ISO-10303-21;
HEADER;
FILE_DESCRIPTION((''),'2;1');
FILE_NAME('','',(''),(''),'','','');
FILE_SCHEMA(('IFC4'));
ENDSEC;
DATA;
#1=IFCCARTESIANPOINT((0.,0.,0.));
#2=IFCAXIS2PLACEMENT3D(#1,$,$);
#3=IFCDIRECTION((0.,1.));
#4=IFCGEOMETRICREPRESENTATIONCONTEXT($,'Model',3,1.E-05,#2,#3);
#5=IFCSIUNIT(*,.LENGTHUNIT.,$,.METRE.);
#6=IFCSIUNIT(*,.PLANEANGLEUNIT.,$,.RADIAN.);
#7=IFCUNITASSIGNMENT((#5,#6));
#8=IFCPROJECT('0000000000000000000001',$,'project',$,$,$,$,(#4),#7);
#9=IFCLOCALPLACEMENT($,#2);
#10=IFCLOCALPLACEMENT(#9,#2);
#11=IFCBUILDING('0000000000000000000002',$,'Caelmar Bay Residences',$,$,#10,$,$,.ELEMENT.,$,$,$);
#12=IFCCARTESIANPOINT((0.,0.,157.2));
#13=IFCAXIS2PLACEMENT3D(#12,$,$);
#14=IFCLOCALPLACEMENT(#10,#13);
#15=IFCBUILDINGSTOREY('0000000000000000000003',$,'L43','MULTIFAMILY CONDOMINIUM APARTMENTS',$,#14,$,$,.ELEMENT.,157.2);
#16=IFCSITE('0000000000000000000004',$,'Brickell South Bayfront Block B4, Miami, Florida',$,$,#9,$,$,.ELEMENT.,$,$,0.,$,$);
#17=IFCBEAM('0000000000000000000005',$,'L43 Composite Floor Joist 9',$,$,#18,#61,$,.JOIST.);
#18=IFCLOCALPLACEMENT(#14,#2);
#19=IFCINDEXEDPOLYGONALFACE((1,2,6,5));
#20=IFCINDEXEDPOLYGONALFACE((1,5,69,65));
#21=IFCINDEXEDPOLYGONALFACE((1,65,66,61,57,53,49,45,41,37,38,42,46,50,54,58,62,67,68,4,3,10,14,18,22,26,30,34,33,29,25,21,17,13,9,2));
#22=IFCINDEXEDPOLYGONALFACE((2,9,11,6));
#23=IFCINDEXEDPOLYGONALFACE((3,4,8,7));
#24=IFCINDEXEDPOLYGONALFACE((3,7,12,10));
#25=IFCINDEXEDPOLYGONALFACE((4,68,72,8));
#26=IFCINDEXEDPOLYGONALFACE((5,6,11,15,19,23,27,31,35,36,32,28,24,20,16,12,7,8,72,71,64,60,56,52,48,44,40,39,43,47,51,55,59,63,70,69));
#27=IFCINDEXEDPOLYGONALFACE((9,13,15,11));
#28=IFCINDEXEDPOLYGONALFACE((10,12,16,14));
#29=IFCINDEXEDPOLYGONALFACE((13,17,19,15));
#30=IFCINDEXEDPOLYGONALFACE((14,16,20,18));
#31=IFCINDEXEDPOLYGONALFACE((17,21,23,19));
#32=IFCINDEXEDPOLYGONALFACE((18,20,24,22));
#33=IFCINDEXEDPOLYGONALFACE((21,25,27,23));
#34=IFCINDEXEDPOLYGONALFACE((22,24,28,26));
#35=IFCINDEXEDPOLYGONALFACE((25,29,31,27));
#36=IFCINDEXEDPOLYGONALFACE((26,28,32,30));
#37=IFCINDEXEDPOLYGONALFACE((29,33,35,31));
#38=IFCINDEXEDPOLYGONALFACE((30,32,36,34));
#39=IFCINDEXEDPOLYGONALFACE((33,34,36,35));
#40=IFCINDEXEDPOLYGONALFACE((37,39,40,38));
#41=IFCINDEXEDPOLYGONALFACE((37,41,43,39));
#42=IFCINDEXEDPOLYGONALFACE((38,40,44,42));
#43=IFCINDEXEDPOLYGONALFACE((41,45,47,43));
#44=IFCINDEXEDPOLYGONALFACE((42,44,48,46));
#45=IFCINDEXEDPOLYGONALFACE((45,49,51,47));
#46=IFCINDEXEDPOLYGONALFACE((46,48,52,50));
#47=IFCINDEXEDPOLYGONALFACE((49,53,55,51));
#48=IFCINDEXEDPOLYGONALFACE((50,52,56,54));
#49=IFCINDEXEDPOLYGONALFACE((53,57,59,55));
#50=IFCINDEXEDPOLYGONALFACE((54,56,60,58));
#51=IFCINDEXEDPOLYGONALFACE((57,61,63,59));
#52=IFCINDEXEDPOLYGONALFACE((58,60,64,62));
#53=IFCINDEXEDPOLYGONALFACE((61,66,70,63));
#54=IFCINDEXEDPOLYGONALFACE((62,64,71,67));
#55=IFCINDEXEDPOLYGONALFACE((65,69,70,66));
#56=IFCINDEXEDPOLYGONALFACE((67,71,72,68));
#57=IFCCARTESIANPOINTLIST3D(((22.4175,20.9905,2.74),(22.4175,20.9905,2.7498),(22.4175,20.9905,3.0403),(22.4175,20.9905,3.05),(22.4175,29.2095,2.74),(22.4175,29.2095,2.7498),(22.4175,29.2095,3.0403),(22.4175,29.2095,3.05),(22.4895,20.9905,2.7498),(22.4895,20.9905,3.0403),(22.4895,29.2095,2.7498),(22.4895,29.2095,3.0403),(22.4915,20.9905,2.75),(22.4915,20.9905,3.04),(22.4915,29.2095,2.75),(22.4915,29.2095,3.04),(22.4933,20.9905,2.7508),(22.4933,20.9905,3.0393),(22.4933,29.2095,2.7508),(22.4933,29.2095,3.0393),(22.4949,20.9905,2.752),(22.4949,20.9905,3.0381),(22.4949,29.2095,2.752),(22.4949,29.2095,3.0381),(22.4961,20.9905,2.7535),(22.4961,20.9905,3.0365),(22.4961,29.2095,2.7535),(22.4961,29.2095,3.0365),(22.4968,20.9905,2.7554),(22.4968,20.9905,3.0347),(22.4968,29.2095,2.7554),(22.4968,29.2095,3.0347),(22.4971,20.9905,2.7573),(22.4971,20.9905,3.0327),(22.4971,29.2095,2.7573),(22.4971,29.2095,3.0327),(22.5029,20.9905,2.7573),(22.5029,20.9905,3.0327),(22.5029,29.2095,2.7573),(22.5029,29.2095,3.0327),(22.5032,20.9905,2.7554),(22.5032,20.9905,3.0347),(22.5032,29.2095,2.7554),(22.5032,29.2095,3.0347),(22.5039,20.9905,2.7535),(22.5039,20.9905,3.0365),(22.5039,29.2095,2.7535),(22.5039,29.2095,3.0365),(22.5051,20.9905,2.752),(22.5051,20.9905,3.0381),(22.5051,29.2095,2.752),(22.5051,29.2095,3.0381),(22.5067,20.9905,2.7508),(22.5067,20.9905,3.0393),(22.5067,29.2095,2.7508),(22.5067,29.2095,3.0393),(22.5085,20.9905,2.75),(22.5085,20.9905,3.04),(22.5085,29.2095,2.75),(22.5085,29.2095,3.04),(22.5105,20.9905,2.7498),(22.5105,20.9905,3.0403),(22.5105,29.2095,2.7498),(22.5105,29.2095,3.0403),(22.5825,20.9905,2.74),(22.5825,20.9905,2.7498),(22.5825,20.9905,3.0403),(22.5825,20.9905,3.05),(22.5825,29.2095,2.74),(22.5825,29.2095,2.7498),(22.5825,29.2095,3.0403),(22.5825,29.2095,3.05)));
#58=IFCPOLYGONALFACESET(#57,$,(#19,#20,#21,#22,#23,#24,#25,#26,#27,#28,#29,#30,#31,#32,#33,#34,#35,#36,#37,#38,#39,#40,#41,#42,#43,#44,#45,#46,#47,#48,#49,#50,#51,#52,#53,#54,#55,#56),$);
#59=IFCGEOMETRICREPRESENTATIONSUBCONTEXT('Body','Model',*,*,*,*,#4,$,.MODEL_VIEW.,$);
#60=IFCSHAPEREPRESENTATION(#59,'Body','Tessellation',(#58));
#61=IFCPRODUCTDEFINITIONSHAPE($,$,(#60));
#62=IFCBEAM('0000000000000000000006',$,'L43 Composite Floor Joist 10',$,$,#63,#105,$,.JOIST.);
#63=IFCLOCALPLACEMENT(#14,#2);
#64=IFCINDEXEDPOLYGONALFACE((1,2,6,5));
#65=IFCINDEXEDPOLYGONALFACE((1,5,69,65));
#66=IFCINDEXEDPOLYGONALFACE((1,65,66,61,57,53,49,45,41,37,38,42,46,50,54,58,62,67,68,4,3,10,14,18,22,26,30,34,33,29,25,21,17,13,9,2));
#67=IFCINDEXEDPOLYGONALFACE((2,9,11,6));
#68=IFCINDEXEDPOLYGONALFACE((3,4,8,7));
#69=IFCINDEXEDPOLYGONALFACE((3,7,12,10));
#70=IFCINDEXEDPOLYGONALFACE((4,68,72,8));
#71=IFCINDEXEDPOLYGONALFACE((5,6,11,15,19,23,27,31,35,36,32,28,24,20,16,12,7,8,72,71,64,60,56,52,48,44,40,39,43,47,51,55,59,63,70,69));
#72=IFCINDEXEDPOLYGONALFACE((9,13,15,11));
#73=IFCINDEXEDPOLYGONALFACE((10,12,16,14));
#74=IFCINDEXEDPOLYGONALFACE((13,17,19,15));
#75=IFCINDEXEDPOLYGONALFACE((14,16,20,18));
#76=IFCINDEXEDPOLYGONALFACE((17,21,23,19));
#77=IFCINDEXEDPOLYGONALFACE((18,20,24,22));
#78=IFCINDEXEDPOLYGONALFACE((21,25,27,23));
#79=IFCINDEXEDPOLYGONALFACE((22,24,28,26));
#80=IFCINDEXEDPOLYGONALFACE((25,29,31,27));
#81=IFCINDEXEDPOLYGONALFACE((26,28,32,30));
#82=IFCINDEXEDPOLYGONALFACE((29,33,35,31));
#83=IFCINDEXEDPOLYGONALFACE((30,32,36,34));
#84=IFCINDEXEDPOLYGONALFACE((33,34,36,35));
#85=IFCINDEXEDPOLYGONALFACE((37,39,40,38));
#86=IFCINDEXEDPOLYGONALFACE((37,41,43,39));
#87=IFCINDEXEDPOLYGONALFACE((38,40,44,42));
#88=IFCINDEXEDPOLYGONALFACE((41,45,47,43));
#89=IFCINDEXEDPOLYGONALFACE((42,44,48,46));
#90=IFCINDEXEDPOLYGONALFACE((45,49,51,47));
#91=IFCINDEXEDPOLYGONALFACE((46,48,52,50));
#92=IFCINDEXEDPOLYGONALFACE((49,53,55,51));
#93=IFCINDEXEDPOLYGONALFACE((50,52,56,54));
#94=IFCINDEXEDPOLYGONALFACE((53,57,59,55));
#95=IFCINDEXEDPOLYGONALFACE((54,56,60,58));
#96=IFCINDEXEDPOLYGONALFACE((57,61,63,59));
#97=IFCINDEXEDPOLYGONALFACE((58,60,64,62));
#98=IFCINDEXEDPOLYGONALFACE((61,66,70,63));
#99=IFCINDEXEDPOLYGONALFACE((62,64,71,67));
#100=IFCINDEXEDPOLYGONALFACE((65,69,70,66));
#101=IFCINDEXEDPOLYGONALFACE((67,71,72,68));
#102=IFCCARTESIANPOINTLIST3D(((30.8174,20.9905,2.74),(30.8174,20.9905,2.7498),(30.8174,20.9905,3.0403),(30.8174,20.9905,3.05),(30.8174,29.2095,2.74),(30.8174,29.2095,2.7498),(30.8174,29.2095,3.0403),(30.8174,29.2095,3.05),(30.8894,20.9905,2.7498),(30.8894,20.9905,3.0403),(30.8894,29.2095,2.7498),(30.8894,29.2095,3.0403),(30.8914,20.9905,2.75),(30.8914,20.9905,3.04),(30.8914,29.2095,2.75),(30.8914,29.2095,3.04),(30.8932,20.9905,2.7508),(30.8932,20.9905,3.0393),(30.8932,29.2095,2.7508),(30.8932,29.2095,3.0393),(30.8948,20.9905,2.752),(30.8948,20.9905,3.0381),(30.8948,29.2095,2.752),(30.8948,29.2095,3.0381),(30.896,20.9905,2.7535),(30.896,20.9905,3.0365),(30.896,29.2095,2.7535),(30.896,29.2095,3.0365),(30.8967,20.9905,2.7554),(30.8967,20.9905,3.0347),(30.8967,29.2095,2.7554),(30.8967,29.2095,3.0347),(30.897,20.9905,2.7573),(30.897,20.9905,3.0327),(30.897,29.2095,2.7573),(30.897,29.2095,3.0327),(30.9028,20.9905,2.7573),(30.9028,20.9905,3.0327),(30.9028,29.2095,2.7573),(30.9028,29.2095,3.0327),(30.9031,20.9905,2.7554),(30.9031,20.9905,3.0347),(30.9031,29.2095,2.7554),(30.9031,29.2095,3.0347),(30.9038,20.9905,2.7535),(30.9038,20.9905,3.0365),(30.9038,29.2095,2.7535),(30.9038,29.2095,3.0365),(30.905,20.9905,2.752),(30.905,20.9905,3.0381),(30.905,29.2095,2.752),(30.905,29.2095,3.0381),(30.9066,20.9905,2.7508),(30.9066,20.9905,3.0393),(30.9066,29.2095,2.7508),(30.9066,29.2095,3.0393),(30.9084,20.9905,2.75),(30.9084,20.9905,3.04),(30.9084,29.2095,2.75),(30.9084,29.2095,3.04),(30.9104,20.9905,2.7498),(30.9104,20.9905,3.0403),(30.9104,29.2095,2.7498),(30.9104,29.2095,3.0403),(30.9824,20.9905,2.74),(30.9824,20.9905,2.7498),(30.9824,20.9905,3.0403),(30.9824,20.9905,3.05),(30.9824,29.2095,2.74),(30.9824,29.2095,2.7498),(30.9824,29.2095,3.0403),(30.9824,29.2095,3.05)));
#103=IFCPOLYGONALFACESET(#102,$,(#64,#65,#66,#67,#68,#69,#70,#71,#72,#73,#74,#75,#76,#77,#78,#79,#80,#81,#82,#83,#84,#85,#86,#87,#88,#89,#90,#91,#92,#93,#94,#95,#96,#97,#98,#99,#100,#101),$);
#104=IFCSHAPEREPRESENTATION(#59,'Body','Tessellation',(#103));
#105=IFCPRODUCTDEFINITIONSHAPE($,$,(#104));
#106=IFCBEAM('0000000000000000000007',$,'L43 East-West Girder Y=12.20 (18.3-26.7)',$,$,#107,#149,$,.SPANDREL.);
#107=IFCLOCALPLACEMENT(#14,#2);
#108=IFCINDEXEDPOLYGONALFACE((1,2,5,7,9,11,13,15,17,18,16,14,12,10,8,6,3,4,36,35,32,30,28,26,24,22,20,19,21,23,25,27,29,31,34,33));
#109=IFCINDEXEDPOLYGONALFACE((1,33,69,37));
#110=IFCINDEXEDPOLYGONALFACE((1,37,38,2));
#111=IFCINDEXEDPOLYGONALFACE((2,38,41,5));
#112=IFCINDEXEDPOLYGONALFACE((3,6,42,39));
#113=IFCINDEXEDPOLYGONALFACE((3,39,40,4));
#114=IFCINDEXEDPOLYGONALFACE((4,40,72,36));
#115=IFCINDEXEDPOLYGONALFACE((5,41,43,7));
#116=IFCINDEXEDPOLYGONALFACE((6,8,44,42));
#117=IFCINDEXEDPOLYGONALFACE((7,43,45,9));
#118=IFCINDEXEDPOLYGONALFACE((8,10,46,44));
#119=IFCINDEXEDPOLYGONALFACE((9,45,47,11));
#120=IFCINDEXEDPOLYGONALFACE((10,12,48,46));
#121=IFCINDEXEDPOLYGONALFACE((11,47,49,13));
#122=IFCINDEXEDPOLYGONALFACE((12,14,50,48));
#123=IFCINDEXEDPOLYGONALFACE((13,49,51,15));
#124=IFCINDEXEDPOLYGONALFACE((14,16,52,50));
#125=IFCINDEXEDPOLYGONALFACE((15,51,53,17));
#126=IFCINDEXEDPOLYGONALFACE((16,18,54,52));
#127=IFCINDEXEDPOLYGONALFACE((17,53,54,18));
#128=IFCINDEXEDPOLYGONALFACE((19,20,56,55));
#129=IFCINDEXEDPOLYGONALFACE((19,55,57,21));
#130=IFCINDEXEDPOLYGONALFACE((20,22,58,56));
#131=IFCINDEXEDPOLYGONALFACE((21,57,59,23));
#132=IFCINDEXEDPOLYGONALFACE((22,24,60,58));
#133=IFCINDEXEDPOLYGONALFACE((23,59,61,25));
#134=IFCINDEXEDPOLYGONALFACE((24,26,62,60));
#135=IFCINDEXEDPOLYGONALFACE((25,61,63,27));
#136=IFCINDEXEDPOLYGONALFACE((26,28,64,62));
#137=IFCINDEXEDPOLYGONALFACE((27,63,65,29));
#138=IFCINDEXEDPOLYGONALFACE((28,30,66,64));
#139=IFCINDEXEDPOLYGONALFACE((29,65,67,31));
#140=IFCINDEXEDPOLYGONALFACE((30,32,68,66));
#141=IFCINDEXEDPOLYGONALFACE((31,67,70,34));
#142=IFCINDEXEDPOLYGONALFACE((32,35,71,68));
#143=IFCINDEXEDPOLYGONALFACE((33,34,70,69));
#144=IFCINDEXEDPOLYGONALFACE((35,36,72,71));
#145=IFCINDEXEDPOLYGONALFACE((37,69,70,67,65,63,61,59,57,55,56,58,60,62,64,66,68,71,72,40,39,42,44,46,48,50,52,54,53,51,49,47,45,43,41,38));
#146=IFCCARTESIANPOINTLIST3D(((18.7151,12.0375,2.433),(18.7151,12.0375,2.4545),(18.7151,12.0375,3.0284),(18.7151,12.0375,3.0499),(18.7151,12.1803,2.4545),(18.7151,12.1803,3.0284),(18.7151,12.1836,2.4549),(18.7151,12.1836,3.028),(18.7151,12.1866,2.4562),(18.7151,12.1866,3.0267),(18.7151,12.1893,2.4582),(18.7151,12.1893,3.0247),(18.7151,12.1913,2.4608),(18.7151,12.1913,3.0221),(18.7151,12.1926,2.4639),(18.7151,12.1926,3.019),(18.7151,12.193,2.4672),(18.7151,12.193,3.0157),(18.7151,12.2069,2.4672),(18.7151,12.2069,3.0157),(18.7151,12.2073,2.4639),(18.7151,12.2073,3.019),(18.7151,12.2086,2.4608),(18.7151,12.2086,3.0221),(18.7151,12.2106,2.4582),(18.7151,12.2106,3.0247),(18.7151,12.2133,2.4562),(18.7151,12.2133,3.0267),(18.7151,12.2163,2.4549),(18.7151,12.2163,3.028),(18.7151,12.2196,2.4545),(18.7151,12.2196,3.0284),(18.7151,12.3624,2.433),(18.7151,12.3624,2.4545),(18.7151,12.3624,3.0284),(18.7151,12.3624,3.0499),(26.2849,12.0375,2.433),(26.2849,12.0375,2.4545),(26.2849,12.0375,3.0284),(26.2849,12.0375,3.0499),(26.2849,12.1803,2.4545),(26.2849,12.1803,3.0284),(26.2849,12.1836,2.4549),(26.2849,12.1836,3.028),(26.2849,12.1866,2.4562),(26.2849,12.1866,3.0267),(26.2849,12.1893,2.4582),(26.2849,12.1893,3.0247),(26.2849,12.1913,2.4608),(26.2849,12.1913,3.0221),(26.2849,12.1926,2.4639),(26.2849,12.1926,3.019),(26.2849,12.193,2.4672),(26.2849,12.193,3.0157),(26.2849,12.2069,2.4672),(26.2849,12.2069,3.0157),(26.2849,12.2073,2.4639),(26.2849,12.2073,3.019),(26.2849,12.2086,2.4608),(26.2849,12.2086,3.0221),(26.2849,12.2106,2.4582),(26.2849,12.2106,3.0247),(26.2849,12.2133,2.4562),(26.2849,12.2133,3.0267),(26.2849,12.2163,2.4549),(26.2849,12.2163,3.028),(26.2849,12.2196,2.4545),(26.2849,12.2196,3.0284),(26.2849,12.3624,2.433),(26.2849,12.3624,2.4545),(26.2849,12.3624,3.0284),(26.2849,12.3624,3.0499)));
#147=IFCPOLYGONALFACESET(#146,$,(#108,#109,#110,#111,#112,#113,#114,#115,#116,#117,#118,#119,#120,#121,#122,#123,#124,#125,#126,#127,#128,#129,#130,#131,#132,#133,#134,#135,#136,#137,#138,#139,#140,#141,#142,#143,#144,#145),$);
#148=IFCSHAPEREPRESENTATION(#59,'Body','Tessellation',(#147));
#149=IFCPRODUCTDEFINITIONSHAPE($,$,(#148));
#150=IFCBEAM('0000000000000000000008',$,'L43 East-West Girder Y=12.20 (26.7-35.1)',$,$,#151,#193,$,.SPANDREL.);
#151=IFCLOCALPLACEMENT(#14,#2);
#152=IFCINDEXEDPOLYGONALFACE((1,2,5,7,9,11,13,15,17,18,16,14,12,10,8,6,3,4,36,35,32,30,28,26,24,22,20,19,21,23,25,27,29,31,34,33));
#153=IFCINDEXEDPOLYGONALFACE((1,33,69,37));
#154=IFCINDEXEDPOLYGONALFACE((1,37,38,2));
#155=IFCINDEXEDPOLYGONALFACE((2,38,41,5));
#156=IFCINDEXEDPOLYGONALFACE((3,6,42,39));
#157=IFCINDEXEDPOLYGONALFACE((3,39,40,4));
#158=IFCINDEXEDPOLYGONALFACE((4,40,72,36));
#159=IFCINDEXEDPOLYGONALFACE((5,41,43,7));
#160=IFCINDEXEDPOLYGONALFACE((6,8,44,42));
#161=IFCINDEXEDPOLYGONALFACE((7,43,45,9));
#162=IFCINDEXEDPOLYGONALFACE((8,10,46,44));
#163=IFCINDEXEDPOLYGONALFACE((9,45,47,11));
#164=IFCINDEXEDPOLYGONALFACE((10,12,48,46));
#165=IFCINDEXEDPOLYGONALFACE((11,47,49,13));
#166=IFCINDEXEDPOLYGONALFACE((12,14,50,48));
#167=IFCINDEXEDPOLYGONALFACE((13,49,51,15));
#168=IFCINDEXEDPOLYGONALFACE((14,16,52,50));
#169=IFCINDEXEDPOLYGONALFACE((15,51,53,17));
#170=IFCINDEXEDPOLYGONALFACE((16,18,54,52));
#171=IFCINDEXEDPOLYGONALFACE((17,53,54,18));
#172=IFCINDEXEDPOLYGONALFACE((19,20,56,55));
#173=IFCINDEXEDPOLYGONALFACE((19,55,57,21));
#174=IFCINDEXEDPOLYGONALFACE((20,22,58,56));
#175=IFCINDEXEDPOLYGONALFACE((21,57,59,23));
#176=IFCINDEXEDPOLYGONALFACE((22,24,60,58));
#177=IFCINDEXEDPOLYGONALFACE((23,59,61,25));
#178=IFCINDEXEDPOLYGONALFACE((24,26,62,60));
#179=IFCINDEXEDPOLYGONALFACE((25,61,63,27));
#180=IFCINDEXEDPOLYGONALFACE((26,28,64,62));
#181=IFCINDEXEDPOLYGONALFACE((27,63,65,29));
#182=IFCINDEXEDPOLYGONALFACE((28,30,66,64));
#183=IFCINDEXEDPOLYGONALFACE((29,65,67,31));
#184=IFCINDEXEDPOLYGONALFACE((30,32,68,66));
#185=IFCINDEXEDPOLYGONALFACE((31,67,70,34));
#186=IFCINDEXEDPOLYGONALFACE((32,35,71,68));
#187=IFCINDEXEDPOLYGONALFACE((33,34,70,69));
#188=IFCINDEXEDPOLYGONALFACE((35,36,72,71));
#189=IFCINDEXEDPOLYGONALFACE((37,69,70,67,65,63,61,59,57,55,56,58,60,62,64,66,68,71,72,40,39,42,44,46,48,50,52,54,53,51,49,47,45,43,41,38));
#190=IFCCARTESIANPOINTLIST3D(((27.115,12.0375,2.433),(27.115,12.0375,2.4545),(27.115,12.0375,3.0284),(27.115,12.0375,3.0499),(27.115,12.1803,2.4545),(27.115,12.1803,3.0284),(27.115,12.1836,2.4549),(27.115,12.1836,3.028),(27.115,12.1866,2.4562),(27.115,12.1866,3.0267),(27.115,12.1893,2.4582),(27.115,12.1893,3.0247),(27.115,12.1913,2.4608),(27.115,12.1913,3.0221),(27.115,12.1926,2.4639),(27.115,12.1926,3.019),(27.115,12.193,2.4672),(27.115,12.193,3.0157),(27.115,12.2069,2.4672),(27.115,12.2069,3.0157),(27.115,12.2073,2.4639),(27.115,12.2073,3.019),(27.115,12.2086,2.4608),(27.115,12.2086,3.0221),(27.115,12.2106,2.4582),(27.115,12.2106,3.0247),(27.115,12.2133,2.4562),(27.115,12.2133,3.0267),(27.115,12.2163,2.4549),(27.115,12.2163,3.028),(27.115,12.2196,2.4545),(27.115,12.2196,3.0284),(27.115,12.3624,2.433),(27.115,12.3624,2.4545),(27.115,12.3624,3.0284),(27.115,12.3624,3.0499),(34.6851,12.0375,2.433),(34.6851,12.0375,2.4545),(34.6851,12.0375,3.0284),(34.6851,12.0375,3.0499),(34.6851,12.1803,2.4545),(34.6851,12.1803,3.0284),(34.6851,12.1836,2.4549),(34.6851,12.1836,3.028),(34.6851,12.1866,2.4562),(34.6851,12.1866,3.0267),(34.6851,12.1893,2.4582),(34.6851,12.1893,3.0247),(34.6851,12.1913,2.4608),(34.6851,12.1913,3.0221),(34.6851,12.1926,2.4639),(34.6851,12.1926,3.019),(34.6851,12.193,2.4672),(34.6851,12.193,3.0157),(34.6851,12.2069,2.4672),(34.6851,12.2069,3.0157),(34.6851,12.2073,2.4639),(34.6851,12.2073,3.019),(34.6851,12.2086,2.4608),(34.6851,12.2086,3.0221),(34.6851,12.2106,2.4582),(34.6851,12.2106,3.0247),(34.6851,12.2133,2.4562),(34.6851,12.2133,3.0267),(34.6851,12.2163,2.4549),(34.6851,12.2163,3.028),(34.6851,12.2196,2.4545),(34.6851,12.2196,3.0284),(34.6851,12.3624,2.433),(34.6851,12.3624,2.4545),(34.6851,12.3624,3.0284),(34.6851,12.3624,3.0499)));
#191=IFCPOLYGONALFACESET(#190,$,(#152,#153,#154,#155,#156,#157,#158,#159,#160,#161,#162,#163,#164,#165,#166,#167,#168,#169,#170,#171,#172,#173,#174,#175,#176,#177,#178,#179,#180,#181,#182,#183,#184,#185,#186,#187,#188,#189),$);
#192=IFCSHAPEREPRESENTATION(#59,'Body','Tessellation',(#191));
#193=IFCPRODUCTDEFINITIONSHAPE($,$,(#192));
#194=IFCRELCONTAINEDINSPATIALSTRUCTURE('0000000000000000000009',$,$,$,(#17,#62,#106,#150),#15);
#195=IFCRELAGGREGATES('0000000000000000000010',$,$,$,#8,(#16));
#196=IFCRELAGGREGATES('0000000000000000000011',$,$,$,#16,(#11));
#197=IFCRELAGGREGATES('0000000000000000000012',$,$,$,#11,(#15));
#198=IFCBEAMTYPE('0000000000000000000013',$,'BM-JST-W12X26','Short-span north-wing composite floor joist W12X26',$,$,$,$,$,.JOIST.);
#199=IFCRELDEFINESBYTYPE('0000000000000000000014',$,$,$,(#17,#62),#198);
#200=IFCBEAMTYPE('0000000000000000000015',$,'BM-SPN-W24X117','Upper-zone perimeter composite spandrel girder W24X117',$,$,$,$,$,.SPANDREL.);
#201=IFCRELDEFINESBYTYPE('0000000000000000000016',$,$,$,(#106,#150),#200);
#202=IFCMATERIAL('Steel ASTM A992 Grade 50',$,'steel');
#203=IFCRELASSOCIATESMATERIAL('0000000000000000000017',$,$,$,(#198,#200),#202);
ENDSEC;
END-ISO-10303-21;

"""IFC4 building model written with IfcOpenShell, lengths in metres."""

from ifc_helpers import new_model, si_unit, direction, frame, origin, origin_2d, place, context, subcontext, project, spatial, i_section, extrude, material, material_profile, profile_set, type_object, element, save


model = new_model("IFC4")

# Units and contexts
model_context = context("Model", 3, precision=1e-05, world=origin(), true_north=direction((0.0, 1.0)))
body_context = subcontext(model_context, "Body", "Model", "MODEL_VIEW")
ifc_project = project(units=[si_unit("LENGTHUNIT", "METRE"), si_unit("PLANEANGLEUNIT", "RADIAN")], contexts=[model_context])

# Site, building, storey
site_placement = place(None, origin())
site = spatial("IfcSite", under=ifc_project, at=site_placement, Name="Brickell South Bayfront Block B4, Miami, Florida", CompositionType="ELEMENT", RefElevation=0.0)
building_placement = place(site_placement, origin())
building = spatial("IfcBuilding", under=site, at=building_placement, Name="Caelmar Bay Residences", CompositionType="ELEMENT")
storey_placement = place(building_placement, frame((0.0, 0.0, 157.2)))
storey = spatial("IfcBuildingStorey", under=building, at=storey_placement, Name="L43", Description="MULTIFAMILY CONDOMINIUM APARTMENTS", CompositionType="ELEMENT", Elevation=157.2)

# Beams
ifc_material_1 = material(Name="Steel ASTM A992 Grade 50", Category="steel")
ifc_material_profile_1 = material_profile(ifc_material_1, i_section(OverallWidth=0.165, OverallDepth=0.3101, WebThickness=0.0059, FlangeThickness=0.0098, FilletRadius=0.0076, at=origin_2d()), Name="W12X26")
ifc_profile_set_1 = profile_set([ifc_material_profile_1], Name="Steel ASTM A992 Grade 50")
beam_type_1 = type_object("IfcBeamType", Name="BM-JST-W12X26", Description="Short-span north-wing composite floor joist W12X26", PredefinedType="JOIST", material=ifc_profile_set_1)
for number, where, z_axis, x_axis, name in (
    (1, (22.5, 20.9905, 2.895), (0.0, 1.0, 0.0), (-1.0, 0.0, 0.0), "L43 Composite Floor Joist 9"),
    (2, (30.8999, 20.9905, 2.895), (0.0, 1.0, 0.0), (-1.0, 0.0, 0.0), "L43 Composite Floor Joist 10"),
):
    element("IfcBeam", number, at=place(storey_placement, frame(where, z_axis=z_axis, x_axis=x_axis)), inside=storey, type_object=beam_type_1, Name=name, PredefinedType="JOIST", context=body_context, shape_type="SweptSolid", body=[
        extrude(i_section(OverallWidth=0.165, OverallDepth=0.3101, WebThickness=0.0059, FlangeThickness=0.0098, FilletRadius=0.0076, at=origin_2d()), origin(), (0.0, 0.0, 1.0), 8.219),
    ])
ifc_material_profile_2 = material_profile(ifc_material_1, i_section(OverallWidth=0.325, OverallDepth=0.6169, WebThickness=0.0139, FlangeThickness=0.0215, FilletRadius=0.0127, at=origin_2d()), Name="W24X117")
ifc_profile_set_2 = profile_set([ifc_material_profile_2], Name="Steel ASTM A992 Grade 50")
beam_type_2 = type_object("IfcBeamType", Name="BM-SPN-W24X117", Description="Upper-zone perimeter composite spandrel girder W24X117", PredefinedType="SPANDREL", material=ifc_profile_set_2)
beam_1_placement = place(storey_placement, frame((18.7151, 12.2, 2.7415), z_axis=(1.0, 0.0, 0.0), x_axis=(0.0, 1.0, 0.0)))
element("IfcBeam", 3, at=beam_1_placement, inside=storey, type_object=beam_type_2, Name="L43 East-West Girder Y=12.20 (18.3-26.7)", PredefinedType="SPANDREL", context=body_context, shape_type="SweptSolid", body=[
    extrude(i_section(OverallWidth=0.325, OverallDepth=0.6169, WebThickness=0.0139, FlangeThickness=0.0215, FilletRadius=0.0127, at=origin_2d()), origin(), (0.0, 0.0, 1.0), 7.5698),
])
beam_2_placement = place(storey_placement, frame((27.115, 12.2, 2.7415), z_axis=(1.0, 0.0, 0.0), x_axis=(0.0, 1.0, 0.0)))
element("IfcBeam", 4, at=beam_2_placement, inside=storey, type_object=beam_type_2, Name="L43 East-West Girder Y=12.20 (26.7-35.1)", PredefinedType="SPANDREL", context=body_context, shape_type="SweptSolid", body=[
    extrude(i_section(OverallWidth=0.325, OverallDepth=0.6169, WebThickness=0.0139, FlangeThickness=0.0215, FilletRadius=0.0127, at=origin_2d()), origin(), (0.0, 0.0, 1.0), 7.5701),
])

save(model, "model.ifc")
